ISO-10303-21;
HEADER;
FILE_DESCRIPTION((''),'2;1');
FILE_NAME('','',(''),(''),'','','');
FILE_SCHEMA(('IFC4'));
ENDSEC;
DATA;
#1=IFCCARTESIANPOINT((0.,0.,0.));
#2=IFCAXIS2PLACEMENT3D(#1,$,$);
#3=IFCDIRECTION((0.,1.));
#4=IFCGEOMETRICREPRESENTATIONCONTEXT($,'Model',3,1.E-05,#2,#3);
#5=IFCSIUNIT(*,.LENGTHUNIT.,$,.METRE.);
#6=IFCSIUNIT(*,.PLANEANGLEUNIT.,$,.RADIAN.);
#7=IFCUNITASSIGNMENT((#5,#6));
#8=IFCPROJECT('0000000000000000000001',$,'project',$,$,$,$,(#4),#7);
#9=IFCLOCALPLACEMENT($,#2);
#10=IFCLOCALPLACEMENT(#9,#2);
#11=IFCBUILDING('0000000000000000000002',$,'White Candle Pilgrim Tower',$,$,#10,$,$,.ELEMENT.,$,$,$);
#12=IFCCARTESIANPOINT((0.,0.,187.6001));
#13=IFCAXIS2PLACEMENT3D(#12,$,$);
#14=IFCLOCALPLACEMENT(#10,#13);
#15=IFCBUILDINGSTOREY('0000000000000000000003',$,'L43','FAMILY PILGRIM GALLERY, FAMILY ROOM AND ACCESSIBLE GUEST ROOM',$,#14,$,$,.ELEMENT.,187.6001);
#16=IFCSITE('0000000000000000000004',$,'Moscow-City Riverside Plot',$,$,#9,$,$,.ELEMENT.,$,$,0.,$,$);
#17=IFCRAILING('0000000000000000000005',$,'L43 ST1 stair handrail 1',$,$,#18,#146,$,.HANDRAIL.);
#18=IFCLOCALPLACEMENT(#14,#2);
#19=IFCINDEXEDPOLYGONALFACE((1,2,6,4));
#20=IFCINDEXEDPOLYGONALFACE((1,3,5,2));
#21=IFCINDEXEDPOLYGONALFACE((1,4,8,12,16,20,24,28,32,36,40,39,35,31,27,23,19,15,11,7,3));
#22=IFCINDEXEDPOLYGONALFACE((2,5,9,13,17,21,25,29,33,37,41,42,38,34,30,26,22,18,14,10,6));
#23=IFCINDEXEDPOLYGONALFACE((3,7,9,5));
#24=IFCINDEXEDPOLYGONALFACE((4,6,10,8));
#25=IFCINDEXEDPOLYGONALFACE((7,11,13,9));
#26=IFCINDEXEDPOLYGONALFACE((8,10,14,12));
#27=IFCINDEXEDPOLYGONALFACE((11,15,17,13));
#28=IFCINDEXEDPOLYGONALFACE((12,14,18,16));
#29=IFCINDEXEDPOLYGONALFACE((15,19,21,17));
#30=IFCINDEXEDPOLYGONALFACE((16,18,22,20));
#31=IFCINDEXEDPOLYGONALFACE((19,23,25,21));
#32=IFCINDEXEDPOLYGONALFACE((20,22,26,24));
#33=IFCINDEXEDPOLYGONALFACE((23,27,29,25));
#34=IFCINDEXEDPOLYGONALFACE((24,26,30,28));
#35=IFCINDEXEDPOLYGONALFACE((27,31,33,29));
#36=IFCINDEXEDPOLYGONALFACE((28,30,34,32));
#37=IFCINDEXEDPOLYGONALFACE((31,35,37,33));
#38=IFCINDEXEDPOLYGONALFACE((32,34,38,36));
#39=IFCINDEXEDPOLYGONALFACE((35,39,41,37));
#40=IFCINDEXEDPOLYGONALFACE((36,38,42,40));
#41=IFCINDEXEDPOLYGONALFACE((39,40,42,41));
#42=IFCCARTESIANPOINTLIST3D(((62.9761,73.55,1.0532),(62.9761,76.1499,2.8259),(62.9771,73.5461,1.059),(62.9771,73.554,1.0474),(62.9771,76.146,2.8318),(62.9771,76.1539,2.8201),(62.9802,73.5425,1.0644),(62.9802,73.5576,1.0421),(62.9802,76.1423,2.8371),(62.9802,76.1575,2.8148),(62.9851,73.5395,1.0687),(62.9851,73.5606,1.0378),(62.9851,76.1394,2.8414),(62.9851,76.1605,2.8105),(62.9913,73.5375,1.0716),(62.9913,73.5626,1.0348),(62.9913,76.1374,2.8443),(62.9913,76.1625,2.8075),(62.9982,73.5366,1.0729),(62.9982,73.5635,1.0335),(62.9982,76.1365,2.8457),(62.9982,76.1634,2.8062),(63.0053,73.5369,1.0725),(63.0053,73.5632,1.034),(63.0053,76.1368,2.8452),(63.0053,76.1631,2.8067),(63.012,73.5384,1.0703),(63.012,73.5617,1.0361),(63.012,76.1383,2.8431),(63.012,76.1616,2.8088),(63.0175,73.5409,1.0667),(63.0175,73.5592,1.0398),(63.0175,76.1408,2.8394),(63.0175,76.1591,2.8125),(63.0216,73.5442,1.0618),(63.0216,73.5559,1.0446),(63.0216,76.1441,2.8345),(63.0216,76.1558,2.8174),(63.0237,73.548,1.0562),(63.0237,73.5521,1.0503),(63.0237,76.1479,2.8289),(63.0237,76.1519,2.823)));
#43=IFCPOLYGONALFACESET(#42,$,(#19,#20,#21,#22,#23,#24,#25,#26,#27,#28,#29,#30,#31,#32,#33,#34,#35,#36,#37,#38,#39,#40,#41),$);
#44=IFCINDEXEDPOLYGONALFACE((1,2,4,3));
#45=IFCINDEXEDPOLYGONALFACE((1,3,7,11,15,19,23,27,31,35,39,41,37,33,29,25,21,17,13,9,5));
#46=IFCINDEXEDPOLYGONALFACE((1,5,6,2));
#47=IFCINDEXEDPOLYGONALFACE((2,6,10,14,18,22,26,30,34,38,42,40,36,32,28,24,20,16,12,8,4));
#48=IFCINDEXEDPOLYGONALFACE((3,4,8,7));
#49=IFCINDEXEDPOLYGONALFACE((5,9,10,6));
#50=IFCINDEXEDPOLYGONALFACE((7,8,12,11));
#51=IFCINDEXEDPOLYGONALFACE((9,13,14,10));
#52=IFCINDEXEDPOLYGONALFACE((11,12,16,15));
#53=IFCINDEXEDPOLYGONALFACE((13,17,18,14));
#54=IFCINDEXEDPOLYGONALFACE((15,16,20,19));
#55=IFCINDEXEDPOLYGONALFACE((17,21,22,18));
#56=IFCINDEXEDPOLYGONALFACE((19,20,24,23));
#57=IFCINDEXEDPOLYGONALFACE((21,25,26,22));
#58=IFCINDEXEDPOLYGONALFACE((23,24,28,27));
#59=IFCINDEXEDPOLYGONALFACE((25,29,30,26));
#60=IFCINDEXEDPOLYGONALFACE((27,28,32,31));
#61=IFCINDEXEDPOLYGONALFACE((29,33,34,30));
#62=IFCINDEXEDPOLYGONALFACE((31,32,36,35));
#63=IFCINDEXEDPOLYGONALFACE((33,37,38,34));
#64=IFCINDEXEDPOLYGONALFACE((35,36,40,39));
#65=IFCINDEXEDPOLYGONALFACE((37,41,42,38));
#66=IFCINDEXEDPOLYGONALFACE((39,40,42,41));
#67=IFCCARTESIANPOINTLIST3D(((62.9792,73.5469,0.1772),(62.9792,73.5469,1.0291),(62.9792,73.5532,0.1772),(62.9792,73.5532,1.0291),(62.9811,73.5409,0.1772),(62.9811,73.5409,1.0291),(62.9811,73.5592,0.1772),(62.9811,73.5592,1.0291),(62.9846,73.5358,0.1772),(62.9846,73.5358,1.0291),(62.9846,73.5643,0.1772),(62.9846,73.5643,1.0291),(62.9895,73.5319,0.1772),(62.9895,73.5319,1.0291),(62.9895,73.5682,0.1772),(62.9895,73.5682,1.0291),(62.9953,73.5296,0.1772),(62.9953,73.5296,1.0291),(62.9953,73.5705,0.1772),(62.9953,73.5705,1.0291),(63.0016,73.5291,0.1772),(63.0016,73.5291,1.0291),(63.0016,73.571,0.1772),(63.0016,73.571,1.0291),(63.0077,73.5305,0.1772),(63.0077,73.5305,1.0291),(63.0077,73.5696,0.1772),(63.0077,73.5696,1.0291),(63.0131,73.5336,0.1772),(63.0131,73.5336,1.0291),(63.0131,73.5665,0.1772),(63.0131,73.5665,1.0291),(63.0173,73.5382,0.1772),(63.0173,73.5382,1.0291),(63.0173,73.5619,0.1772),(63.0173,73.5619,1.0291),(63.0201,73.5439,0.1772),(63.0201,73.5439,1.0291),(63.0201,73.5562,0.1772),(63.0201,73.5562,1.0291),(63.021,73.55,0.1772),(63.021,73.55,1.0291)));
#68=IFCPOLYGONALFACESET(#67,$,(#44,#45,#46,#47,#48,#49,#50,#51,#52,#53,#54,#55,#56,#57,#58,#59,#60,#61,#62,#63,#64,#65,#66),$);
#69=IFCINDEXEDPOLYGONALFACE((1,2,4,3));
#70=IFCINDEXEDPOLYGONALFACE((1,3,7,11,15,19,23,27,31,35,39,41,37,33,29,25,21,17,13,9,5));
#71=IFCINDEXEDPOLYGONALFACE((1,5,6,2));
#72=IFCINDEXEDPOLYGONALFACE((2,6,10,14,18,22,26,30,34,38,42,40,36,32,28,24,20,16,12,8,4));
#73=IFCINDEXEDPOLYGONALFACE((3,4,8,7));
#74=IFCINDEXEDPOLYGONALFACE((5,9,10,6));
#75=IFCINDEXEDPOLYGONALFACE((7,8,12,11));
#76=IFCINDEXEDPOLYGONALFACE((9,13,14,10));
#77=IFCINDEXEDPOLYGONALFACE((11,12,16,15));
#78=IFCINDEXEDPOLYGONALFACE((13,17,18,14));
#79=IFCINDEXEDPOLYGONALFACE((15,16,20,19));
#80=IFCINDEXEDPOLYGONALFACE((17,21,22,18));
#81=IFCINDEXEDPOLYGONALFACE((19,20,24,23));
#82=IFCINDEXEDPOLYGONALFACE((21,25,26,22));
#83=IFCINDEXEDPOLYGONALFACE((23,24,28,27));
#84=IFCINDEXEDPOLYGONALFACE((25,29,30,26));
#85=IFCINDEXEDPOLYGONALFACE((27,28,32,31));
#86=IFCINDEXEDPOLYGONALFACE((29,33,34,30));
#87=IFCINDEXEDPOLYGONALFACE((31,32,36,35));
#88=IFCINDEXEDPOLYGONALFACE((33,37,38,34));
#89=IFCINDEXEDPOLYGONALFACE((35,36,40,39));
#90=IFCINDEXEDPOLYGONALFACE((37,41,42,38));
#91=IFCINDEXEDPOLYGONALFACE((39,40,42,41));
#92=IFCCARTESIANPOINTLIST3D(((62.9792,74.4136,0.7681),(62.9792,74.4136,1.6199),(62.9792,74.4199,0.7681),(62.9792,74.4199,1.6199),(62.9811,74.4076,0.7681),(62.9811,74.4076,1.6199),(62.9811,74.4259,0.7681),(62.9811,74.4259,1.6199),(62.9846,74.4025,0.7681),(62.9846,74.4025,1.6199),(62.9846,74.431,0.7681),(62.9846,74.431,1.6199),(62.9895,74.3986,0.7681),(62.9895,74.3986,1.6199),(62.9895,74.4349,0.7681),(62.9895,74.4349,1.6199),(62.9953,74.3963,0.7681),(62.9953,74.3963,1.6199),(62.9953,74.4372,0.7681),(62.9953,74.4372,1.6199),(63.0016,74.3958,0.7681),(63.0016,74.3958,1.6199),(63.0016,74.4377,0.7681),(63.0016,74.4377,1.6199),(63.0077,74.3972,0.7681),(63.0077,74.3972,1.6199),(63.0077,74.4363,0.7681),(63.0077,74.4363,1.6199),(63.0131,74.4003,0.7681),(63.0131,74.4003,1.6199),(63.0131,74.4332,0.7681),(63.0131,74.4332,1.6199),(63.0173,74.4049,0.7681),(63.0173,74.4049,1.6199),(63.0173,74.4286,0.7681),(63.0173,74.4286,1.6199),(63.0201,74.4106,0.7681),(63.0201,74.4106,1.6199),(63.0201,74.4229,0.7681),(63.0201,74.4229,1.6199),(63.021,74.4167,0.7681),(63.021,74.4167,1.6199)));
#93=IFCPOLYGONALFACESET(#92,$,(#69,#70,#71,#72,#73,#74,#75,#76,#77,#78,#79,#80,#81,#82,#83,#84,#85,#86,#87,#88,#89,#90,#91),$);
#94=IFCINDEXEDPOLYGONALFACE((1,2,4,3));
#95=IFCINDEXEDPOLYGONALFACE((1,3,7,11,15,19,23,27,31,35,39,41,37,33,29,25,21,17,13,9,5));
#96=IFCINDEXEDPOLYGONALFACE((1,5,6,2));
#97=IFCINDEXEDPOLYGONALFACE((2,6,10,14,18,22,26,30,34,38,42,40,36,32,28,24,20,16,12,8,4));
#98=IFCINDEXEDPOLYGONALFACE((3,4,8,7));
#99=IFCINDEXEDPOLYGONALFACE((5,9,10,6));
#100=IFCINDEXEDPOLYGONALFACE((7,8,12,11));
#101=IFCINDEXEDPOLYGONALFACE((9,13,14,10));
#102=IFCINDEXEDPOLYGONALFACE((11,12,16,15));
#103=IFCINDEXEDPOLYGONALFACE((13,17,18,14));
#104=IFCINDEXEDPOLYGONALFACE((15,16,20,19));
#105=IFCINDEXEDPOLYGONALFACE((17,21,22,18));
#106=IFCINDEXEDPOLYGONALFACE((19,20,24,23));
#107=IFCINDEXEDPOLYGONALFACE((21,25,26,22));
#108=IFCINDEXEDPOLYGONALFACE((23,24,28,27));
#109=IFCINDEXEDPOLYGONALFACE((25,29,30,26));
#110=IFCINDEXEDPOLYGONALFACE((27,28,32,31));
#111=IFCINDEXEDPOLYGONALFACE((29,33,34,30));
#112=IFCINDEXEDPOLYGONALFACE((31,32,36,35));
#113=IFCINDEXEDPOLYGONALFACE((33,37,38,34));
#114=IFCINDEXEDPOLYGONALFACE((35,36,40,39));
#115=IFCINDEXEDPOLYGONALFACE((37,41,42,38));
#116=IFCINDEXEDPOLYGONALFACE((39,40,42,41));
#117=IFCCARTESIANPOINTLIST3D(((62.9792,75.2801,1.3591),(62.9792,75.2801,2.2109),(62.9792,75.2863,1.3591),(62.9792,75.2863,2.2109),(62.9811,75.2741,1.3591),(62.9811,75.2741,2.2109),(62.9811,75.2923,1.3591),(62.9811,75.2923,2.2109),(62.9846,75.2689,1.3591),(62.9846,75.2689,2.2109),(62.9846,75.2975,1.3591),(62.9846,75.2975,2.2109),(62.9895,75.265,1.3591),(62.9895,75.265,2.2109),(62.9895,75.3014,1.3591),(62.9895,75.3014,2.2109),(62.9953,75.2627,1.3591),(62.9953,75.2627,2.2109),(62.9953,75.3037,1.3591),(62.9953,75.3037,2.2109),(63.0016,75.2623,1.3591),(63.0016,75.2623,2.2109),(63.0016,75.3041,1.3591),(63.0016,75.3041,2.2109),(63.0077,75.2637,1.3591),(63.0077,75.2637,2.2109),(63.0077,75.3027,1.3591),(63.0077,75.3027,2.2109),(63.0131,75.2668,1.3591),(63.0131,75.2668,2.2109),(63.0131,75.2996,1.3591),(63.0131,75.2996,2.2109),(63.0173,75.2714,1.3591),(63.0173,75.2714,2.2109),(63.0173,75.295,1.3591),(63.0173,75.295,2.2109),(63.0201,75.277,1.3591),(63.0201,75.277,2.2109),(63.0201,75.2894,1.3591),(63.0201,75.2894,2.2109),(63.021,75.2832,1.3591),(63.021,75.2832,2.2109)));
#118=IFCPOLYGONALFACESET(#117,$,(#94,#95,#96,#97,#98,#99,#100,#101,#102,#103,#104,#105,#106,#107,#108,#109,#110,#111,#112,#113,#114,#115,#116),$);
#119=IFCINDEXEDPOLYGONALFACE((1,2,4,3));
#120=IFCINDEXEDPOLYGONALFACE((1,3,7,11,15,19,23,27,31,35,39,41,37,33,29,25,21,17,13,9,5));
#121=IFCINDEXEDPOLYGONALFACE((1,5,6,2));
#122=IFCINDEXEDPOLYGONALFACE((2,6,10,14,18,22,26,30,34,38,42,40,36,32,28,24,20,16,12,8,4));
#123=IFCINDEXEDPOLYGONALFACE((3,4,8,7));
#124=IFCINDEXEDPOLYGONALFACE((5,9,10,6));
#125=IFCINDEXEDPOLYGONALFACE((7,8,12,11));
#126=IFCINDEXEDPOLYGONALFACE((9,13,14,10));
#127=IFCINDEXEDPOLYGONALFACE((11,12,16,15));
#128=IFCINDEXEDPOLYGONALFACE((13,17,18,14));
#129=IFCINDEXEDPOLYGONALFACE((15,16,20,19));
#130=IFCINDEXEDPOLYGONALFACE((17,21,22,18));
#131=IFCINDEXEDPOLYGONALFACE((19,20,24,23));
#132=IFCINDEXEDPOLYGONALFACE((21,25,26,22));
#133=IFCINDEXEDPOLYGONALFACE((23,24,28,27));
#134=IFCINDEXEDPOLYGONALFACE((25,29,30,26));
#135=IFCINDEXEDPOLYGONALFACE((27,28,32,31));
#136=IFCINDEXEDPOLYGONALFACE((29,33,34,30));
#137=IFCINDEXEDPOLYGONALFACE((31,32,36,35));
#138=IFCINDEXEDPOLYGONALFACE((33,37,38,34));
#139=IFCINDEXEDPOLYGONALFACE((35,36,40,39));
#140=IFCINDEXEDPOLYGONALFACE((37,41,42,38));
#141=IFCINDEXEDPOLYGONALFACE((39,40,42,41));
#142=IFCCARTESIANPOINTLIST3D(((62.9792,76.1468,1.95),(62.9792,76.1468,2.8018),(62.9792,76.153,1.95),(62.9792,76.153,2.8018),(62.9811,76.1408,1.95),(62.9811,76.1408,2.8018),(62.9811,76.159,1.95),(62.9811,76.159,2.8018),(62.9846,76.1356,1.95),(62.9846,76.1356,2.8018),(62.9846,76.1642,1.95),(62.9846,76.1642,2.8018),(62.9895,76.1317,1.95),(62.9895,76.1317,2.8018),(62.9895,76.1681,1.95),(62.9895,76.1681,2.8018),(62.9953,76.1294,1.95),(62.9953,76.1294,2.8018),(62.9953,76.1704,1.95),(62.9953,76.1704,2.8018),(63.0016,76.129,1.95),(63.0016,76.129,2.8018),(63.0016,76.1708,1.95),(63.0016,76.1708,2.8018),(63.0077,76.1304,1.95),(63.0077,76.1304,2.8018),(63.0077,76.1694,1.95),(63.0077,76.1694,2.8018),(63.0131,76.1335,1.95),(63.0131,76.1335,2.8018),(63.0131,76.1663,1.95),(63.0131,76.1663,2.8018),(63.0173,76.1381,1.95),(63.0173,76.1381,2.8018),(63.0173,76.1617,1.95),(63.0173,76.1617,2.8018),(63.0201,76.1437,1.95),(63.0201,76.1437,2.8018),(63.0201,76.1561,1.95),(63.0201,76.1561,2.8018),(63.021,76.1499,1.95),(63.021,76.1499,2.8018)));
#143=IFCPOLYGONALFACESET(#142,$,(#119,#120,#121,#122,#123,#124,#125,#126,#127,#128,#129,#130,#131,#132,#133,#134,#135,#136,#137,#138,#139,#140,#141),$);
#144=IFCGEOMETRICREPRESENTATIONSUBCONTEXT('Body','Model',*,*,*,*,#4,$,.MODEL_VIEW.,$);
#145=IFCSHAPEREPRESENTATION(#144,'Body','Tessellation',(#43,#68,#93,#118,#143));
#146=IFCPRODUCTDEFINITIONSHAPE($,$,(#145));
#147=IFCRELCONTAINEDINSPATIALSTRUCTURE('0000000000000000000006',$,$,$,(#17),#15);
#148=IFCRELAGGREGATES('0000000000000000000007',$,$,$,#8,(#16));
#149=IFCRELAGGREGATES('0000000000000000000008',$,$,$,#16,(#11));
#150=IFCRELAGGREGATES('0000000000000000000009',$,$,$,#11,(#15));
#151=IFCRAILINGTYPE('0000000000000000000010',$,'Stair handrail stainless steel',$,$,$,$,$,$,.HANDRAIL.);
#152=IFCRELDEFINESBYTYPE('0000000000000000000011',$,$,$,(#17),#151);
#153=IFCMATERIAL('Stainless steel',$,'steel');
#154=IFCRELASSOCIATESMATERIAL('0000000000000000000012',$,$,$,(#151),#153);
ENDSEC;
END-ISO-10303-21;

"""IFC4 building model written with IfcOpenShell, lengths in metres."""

from ifc_helpers import new_model, si_unit, direction, frame, origin, origin_2d, place, context, subcontext, project, spatial, circle, extrude, material, type_object, element, save


model = new_model("IFC4")

# Units and contexts
model_context = context("Model", 3, precision=1e-05, world=origin(), true_north=direction((0.0, 1.0)))
body_context = subcontext(model_context, "Body", "Model", "MODEL_VIEW")
ifc_project = project(units=[si_unit("LENGTHUNIT", "METRE"), si_unit("PLANEANGLEUNIT", "RADIAN")], contexts=[model_context])

# Site, building, storey
site_placement = place(None, origin())
site = spatial("IfcSite", under=ifc_project, at=site_placement, Name="Moscow-City Riverside Plot", CompositionType="ELEMENT", RefElevation=0.0)
building_placement = place(site_placement, origin())
building = spatial("IfcBuilding", under=site, at=building_placement, Name="White Candle Pilgrim Tower", CompositionType="ELEMENT")
storey_placement = place(building_placement, frame((0.0, 0.0, 187.6001)))
storey = spatial("IfcBuildingStorey", under=building, at=storey_placement, Name="L43", Description="FAMILY PILGRIM GALLERY, FAMILY ROOM AND ACCESSIBLE GUEST ROOM", CompositionType="ELEMENT", Elevation=187.6001)

# Railing
ifc_material_1 = material(Name="Stainless steel", Category="steel")
railing_type_1 = type_object("IfcRailingType", Name="Stair handrail stainless steel", PredefinedType="HANDRAIL", material=ifc_material_1)
railing_1_placement = place(storey_placement, frame((63.0, 73.55, 0.1772)))
element("IfcRailing", 1, at=railing_1_placement, inside=storey, type_object=railing_type_1, Name="L43 ST1 stair handrail 1", PredefinedType="HANDRAIL", context=body_context, shape_type="SweptSolid", body=[
    extrude(circle(Radius=0.0239, at=origin_2d()), frame((0.0, 0.0, 0.876), z_axis=(0.0, 0.826216, 0.563354), x_axis=(-1.0, 0.0, 0.0)), (0.0, 0.0, 1.0), 3.1467),
    extrude(circle(Radius=0.021, at=origin_2d()), origin(), (0.0, 0.0, 1.0), 0.8518),
    extrude(circle(Radius=0.021, at=origin_2d()), frame((0.0, 0.8667, 0.5908)), (0.0, 0.0, 1.0), 0.8518),
    extrude(circle(Radius=0.021, at=origin_2d()), frame((0.0, 1.7332, 1.1819)), (0.0, 0.0, 1.0), 0.8518),
    extrude(circle(Radius=0.021, at=origin_2d()), frame((0.0, 2.5999, 1.7727)), (0.0, 0.0, 1.0), 0.8518),
])

save(model, "model.ifc")
